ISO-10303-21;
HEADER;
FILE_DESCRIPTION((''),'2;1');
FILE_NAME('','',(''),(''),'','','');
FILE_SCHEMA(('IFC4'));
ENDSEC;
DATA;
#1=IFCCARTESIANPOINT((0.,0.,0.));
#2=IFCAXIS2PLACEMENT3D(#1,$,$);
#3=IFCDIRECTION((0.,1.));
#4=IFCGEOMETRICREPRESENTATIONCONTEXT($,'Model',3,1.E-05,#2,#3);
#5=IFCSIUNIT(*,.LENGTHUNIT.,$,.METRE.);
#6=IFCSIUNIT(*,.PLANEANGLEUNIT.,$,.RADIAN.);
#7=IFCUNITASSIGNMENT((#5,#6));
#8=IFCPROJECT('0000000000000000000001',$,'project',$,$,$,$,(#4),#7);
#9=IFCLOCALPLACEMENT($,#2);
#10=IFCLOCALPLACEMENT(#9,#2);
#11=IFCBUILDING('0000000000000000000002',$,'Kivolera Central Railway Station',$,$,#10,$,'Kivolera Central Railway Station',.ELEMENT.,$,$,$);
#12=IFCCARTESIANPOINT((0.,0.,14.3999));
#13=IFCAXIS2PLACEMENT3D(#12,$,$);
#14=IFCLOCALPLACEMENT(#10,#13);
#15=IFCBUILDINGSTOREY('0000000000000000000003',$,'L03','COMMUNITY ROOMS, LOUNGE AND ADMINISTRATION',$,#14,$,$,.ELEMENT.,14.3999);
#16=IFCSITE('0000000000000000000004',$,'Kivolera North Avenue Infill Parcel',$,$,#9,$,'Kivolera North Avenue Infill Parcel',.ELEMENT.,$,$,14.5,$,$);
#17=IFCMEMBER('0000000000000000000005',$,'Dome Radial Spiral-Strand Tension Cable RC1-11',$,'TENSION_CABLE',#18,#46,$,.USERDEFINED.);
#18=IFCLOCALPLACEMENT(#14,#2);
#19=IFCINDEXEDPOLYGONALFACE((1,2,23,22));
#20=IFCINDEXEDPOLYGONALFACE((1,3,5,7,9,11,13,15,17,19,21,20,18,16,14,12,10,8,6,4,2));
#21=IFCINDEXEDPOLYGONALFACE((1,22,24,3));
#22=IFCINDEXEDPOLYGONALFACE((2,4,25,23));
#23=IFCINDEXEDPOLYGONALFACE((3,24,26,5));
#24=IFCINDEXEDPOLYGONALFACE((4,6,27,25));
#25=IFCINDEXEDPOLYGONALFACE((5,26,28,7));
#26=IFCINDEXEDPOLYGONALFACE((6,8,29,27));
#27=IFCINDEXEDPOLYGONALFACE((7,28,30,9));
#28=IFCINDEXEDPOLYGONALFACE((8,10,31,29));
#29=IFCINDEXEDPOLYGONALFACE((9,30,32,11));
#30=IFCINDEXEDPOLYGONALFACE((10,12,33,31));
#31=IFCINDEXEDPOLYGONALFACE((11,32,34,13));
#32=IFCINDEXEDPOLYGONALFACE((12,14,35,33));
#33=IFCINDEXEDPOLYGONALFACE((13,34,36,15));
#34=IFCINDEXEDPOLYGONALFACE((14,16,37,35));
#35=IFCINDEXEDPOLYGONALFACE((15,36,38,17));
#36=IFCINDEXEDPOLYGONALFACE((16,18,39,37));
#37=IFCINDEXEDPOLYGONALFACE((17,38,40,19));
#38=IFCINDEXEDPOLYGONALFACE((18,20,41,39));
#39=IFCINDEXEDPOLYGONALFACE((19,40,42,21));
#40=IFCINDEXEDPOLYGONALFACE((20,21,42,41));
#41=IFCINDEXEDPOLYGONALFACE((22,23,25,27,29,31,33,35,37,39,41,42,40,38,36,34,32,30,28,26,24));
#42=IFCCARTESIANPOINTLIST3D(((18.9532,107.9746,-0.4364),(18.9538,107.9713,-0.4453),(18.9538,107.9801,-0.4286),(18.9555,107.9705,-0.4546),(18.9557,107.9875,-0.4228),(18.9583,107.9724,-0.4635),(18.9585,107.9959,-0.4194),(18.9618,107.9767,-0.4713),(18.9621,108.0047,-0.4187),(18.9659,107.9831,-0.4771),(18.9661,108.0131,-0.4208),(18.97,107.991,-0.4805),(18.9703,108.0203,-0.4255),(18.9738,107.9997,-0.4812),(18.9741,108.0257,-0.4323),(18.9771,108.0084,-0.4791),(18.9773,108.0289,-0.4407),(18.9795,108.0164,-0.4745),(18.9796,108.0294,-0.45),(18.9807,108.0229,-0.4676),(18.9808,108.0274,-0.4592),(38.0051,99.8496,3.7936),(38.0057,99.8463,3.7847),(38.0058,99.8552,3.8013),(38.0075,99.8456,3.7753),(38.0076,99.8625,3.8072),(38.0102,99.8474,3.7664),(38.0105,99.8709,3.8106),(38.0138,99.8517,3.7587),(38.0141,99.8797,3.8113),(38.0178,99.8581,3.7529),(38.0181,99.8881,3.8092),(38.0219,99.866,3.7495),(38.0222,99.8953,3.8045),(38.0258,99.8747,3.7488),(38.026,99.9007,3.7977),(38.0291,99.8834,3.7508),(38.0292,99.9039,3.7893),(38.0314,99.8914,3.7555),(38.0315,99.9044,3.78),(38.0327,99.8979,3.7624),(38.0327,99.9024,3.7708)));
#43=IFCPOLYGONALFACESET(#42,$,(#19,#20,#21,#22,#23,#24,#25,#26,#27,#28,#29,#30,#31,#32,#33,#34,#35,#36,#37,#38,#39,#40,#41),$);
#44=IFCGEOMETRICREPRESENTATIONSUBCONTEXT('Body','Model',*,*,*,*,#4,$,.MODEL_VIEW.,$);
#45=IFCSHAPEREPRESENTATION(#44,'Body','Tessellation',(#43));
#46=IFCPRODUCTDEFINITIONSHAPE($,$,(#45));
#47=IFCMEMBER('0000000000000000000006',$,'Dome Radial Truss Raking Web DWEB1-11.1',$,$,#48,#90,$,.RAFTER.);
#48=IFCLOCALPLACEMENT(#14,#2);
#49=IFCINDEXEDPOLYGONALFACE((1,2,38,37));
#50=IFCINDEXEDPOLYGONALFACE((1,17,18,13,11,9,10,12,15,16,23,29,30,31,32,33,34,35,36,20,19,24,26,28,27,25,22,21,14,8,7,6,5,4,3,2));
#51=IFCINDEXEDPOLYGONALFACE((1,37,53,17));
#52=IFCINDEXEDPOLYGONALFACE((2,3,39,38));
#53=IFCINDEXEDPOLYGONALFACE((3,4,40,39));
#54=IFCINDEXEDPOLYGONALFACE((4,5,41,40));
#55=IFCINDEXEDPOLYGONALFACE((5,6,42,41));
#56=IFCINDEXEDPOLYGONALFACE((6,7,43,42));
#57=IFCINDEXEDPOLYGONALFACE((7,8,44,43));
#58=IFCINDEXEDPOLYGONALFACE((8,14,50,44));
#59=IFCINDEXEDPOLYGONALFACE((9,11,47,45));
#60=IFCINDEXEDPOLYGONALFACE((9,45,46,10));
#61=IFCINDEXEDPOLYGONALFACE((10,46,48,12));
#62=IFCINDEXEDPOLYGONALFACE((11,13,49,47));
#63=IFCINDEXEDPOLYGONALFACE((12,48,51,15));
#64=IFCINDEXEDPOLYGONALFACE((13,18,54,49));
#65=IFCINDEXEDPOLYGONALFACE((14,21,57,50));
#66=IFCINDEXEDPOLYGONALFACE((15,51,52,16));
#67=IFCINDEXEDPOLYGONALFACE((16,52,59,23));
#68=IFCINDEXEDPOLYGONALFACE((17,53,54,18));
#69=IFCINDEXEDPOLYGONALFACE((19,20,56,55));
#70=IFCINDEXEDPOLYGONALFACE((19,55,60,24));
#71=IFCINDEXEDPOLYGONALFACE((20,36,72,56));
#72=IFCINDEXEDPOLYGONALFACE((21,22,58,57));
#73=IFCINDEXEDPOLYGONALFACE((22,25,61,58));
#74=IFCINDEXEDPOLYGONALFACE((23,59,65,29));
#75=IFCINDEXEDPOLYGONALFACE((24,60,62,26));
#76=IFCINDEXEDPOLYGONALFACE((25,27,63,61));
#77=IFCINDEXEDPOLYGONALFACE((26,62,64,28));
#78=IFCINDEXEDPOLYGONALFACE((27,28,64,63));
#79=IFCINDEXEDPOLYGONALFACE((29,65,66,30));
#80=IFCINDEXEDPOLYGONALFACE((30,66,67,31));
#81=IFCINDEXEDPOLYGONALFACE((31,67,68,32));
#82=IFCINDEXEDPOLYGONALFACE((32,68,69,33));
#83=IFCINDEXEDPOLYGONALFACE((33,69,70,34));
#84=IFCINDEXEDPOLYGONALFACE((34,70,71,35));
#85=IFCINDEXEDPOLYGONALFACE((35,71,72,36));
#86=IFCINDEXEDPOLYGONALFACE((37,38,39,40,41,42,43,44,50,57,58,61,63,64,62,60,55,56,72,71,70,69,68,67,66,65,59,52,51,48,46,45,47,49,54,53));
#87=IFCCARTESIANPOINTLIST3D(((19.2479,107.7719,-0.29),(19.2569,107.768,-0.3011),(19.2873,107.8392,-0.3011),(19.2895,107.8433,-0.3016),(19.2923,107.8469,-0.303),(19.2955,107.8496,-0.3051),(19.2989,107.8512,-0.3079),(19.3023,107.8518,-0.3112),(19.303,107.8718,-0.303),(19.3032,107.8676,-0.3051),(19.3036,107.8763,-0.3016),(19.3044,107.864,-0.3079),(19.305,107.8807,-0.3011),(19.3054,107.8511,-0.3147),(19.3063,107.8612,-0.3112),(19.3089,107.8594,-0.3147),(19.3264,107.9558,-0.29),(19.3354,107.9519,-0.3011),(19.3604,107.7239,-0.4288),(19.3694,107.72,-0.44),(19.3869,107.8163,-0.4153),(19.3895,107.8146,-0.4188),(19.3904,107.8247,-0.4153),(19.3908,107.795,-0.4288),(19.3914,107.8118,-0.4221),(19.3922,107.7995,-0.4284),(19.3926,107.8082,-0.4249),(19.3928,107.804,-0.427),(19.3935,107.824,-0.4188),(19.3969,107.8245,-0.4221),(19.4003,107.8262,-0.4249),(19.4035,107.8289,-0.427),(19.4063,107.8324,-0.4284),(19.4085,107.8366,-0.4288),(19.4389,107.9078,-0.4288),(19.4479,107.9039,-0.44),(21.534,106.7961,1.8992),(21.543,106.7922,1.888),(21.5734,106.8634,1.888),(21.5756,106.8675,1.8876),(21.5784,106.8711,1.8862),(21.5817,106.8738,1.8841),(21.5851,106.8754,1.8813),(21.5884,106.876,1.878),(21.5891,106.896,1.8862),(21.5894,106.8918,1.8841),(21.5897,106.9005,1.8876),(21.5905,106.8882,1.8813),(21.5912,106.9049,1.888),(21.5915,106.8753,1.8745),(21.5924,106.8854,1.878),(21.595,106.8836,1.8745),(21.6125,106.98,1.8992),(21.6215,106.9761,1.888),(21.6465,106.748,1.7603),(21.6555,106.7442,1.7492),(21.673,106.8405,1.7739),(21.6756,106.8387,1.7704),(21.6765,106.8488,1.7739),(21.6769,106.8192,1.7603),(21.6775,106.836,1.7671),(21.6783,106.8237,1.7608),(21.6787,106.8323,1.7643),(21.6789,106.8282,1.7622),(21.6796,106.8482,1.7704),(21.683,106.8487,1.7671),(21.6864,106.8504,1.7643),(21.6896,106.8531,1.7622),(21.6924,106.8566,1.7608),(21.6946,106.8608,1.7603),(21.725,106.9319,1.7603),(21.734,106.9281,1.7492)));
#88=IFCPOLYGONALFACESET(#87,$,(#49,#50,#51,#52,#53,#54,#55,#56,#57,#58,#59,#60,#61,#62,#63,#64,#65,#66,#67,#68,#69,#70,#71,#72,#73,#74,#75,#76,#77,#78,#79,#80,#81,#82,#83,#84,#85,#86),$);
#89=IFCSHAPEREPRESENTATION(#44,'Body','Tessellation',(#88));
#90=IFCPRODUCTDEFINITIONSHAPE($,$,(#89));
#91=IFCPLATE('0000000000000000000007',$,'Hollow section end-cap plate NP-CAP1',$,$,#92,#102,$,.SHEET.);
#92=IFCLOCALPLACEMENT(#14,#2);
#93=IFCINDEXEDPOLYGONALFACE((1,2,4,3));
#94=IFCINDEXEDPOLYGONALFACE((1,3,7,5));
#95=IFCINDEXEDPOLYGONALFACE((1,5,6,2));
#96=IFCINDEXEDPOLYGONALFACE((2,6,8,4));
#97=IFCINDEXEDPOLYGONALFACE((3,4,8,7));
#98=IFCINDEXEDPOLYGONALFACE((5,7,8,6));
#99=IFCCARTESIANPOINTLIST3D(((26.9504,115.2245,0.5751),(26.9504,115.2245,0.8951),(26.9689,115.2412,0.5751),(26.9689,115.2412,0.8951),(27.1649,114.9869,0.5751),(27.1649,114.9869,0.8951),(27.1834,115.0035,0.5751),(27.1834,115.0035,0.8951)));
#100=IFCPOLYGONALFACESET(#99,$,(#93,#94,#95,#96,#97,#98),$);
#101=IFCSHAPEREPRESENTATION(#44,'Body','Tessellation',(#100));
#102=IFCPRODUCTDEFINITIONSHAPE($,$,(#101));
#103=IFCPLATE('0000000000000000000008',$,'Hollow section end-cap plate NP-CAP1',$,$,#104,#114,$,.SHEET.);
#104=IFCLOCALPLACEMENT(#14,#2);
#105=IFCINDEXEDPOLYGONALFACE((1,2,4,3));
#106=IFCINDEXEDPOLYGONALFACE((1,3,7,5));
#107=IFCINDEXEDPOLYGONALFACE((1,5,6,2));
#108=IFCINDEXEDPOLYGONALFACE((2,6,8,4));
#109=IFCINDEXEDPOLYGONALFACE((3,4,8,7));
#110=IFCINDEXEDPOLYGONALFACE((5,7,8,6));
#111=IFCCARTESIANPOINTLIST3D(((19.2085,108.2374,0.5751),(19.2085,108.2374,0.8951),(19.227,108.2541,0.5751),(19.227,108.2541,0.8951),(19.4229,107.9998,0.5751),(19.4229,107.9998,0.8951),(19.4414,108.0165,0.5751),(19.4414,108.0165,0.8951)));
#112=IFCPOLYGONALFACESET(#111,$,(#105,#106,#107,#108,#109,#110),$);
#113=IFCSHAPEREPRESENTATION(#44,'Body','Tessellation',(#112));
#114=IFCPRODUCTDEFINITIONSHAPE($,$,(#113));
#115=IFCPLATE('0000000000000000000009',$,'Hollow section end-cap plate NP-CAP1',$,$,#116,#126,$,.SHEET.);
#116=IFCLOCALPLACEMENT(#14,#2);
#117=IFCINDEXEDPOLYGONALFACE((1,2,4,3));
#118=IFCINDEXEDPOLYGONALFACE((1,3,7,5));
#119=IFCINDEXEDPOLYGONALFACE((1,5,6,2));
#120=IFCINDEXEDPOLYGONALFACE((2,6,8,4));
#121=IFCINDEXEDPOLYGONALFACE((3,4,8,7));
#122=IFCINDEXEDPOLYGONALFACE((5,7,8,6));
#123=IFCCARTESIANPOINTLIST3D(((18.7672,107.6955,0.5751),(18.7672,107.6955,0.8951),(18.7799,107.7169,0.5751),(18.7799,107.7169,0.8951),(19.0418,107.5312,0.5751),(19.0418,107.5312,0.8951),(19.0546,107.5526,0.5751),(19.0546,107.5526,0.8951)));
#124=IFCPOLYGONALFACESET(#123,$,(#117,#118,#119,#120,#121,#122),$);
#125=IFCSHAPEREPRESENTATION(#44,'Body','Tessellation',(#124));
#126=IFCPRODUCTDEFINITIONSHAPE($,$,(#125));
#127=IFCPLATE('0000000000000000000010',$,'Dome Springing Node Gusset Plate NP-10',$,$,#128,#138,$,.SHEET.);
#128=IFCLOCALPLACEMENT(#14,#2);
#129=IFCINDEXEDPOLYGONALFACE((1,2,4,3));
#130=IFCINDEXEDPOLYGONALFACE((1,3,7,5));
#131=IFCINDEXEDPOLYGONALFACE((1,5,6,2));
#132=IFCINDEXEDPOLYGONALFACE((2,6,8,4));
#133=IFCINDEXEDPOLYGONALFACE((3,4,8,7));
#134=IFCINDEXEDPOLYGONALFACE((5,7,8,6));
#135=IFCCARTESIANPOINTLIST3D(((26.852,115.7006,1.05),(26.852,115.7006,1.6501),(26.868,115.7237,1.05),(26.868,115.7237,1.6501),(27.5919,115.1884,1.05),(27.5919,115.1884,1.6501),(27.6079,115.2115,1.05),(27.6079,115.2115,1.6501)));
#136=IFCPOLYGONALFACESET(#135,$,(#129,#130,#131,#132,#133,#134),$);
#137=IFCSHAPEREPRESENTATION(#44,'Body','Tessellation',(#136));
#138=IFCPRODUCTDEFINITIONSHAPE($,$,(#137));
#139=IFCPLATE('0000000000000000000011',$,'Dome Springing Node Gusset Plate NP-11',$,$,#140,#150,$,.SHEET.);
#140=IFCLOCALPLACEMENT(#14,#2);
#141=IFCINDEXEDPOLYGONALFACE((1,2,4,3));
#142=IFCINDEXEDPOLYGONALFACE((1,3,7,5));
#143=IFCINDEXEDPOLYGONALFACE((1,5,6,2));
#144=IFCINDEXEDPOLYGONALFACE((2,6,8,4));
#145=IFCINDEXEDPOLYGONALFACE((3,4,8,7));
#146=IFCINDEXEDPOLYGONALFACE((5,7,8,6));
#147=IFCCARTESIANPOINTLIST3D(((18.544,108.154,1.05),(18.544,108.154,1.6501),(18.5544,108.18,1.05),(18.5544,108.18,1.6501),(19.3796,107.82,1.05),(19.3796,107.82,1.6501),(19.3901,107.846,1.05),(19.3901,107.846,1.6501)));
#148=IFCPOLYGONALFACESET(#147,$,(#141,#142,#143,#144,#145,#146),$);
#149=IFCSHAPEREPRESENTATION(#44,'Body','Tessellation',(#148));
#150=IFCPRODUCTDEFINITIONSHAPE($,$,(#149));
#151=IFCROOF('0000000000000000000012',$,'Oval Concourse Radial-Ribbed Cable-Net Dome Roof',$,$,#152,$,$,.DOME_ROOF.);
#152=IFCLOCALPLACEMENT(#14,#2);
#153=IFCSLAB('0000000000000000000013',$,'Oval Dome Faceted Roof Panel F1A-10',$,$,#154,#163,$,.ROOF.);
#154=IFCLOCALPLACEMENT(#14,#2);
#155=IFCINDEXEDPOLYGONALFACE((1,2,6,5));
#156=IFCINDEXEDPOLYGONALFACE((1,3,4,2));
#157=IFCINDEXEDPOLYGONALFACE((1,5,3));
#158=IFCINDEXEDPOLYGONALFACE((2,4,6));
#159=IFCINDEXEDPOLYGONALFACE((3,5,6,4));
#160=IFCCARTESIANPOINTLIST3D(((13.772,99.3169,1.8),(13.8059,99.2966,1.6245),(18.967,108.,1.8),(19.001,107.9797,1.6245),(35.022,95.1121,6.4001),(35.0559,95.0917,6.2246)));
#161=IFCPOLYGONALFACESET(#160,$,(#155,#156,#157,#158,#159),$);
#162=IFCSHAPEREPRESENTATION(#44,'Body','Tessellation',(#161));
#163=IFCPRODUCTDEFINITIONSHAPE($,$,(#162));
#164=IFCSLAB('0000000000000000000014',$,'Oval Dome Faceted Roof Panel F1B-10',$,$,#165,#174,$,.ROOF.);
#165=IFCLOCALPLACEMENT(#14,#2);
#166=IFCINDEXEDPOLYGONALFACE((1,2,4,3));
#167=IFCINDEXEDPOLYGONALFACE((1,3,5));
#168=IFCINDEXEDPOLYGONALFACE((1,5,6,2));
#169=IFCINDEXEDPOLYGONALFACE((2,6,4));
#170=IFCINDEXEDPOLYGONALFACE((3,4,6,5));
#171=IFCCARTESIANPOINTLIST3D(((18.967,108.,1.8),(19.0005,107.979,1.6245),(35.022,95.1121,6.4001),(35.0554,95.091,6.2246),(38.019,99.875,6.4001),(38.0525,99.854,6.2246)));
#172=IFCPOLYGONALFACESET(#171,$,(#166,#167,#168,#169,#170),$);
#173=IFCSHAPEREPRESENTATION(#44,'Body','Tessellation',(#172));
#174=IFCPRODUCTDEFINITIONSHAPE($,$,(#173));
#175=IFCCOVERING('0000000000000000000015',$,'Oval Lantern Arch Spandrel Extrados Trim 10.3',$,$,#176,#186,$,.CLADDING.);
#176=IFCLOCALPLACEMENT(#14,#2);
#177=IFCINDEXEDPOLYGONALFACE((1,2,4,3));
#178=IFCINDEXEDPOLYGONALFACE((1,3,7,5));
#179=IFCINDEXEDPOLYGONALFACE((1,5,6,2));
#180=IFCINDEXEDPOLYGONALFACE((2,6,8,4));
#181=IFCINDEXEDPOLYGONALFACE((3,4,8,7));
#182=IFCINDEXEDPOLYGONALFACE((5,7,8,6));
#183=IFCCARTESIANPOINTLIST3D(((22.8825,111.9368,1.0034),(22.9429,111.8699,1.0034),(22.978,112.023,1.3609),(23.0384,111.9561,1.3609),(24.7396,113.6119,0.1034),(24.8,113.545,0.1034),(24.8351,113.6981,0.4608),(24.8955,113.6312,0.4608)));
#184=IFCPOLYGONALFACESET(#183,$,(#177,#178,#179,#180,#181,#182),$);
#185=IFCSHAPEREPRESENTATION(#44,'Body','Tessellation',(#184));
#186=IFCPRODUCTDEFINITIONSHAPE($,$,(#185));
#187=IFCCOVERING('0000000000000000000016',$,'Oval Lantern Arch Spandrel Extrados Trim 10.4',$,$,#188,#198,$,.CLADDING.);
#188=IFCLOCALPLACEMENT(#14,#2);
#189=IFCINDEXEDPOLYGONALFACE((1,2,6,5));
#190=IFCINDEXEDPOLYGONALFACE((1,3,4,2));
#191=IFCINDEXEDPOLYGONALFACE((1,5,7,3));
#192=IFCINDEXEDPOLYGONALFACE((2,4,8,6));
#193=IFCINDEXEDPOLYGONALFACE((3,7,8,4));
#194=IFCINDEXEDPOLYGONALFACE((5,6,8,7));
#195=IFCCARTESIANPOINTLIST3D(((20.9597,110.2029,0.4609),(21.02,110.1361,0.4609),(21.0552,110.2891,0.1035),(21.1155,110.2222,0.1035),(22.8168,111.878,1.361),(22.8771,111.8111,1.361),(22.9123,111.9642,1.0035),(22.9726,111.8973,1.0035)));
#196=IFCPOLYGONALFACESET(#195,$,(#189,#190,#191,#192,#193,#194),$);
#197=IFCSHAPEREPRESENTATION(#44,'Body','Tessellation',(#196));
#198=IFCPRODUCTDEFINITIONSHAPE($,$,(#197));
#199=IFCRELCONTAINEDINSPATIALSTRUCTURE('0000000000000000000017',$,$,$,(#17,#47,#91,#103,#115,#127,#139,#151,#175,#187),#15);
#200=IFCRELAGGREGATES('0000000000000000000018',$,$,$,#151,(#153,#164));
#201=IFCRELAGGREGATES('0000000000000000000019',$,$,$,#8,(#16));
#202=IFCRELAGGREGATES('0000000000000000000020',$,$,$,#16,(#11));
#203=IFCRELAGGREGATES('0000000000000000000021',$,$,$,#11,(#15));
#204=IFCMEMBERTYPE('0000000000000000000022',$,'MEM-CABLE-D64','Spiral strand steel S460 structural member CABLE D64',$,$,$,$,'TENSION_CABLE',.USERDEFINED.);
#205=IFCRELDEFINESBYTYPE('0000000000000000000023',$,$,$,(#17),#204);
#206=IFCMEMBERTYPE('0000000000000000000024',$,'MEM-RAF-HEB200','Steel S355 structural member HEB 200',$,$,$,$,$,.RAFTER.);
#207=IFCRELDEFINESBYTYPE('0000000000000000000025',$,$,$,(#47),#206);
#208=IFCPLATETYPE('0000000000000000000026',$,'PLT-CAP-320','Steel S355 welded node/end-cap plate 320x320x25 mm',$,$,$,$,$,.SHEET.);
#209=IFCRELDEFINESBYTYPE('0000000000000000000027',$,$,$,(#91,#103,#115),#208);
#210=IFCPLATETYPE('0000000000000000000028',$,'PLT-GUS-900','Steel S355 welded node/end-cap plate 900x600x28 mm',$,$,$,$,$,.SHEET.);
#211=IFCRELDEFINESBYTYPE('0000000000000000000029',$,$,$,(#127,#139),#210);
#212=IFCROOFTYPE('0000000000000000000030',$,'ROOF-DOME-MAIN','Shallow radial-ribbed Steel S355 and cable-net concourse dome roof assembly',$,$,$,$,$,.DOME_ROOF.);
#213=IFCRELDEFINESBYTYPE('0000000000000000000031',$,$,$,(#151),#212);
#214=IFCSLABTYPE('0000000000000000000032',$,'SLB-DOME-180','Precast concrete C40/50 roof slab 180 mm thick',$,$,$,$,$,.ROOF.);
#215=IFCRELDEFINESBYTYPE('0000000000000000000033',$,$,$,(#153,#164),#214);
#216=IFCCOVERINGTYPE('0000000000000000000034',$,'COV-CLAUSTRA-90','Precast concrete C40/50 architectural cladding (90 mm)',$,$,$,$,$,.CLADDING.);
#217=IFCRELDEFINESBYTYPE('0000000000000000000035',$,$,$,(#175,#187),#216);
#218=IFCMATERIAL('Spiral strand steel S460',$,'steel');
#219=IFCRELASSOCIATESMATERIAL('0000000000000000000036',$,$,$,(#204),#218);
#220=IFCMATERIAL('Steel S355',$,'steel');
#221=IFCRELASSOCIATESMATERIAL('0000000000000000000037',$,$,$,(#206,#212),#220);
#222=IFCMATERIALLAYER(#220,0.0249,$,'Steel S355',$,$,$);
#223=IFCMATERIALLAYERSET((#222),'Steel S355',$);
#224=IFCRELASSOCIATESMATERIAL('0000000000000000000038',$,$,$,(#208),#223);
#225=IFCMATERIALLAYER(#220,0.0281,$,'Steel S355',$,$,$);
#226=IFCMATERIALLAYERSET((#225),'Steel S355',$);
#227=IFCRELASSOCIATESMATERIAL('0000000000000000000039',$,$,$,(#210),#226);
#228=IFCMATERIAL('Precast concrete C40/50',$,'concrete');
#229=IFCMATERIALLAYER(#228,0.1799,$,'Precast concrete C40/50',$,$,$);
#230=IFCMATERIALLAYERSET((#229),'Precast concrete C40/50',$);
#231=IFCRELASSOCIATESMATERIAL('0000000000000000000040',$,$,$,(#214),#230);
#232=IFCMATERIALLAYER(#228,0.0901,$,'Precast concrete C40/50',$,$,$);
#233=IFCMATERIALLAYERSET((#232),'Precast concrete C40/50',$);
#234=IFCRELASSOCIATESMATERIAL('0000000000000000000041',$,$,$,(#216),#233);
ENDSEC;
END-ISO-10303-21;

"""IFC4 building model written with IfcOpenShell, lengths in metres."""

from ifc_helpers import new_model, si_unit, direction, frame, origin, origin_2d, place, context, subcontext, project, spatial, polyline, rectangle, circle, i_section, outline, extrude, material, layer, layer_set, material_profile, profile_set, type_object, element, aggregate, save


model = new_model("IFC4")

# Units and contexts
model_context = context("Model", 3, precision=1e-05, world=origin(), true_north=direction((0.0, 1.0)))
body_context = subcontext(model_context, "Body", "Model", "MODEL_VIEW")
ifc_project = project(units=[si_unit("LENGTHUNIT", "METRE"), si_unit("PLANEANGLEUNIT", "RADIAN")], contexts=[model_context])

# Site, building, storey
site_placement = place(None, origin())
site = spatial("IfcSite", under=ifc_project, at=site_placement, Name="Kivolera North Avenue Infill Parcel", LongName="Kivolera North Avenue Infill Parcel", CompositionType="ELEMENT", RefElevation=14.5)
building_placement = place(site_placement, origin())
building = spatial("IfcBuilding", under=site, at=building_placement, Name="Kivolera Central Railway Station", LongName="Kivolera Central Railway Station", CompositionType="ELEMENT")
storey_placement = place(building_placement, frame((0.0, 0.0, 14.3999)))
storey = spatial("IfcBuildingStorey", under=building, at=storey_placement, Name="L03", Description="COMMUNITY ROOMS, LOUNGE AND ADMINISTRATION", CompositionType="ELEMENT", Elevation=14.3999)

# Shared definitions
ifc_material_1 = material(Name="Steel S355", Category="steel")

# Members
ifc_material_2 = material(Name="Spiral strand steel S460", Category="steel")
ifc_material_profile_1 = material_profile(ifc_material_2, circle(Radius=0.032, at=origin_2d()), Name="CABLE D64")
ifc_profile_set_1 = profile_set([ifc_material_profile_1], Name="Spiral strand steel S460")
member_type_1 = type_object("IfcMemberType", Name="MEM-CABLE-D64", Description="Spiral strand steel S460 structural member CABLE D64", ElementType="TENSION_CABLE", PredefinedType="USERDEFINED", material=ifc_profile_set_1)
member_1_placement = place(storey_placement, frame((18.967, 108.0, -0.45), z_axis=(0.901243, -0.384348, 0.200096), x_axis=(0.392281, 0.919845, 0.0)))
element("IfcMember", 1, at=member_1_placement, inside=storey, type_object=member_type_1, Name="Dome Radial Spiral-Strand Tension Cable RC1-11", ObjectType="TENSION_CABLE", PredefinedType="USERDEFINED", context=body_context, shape_type="SweptSolid", body=[
    extrude(circle(Radius=0.032, at=origin_2d()), origin(), (0.0, 0.0, 1.0), 21.1396),
])
ifc_material_profile_2 = material_profile(ifc_material_1, i_section(OverallWidth=0.2, OverallDepth=0.2, WebThickness=0.009, FlangeThickness=0.0149, FilletRadius=0.0181, at=origin_2d()), Name="HEB 200")
ifc_profile_set_2 = profile_set([ifc_material_profile_2], Name="Steel S355")
member_type_2 = type_object("IfcMemberType", Name="MEM-RAF-HEB200", Description="Steel S355 structural member HEB 200", PredefinedType="RAFTER", material=ifc_profile_set_2)
member_2_placement = place(storey_placement, frame((19.3479, 107.8379, -0.365), z_axis=(0.690196, -0.294609, 0.660935), x_axis=(0.392579, 0.919718, 0.0)))
element("IfcMember", 2, at=member_2_placement, inside=storey, type_object=member_type_2, Name="Dome Radial Truss Raking Web DWEB1-11.1", PredefinedType="RAFTER", context=body_context, shape_type="SweptSolid", body=[
    extrude(i_section(OverallWidth=0.2, OverallDepth=0.2, WebThickness=0.009, FlangeThickness=0.0149, FilletRadius=0.0181, at=origin_2d()), origin(), (0.0, 0.0, 1.0), 3.3123),
])

# Plates
ifc_layer_1 = layer(ifc_material_1, 0.0249, Name="Steel S355")
ifc_layer_set_1 = layer_set([ifc_layer_1], Name="Steel S355")
plate_type_1 = type_object("IfcPlateType", Name="PLT-CAP-320", Description="Steel S355 welded node/end-cap plate 320x320x25 mm", PredefinedType="SHEET", material=ifc_layer_set_1)
for number, where, z_axis, x_axis, name in (
    (3, (27.0669, 115.114, 0.7351), (-0.742406, -0.66995, 0.0), (0.66995, -0.742406, 0.0), "Hollow section end-cap plate NP-CAP1"),
    (4, (19.325, 108.127, 0.7351), (-0.742406, -0.66995, 0.0), (0.66995, -0.742406, 0.0), "Hollow section end-cap plate NP-CAP1"),
    (5, (18.9109, 107.624, 0.7351), (-0.51337, -0.858167, 0.0), (0.858167, -0.51337, 0.0), "Hollow section end-cap plate NP-CAP1"),
):
    element("IfcPlate", number, at=place(storey_placement, frame(where, z_axis=z_axis, x_axis=x_axis)), inside=storey, type_object=plate_type_1, Name=name, PredefinedType="SHEET", context=body_context, shape_type="SweptSolid", body=[
        extrude(rectangle(XDim=0.3201, YDim=0.3201, at=origin_2d()), frame((0.0, 0.0, -0.0125)), (0.0, 0.0, 1.0), 0.0249),
    ])
ifc_layer_2 = layer(ifc_material_1, 0.0281, Name="Steel S355")
ifc_layer_set_2 = layer_set([ifc_layer_2], Name="Steel S355")
plate_type_2 = type_object("IfcPlateType", Name="PLT-GUS-900", Description="Steel S355 welded node/end-cap plate 900x600x28 mm", PredefinedType="SHEET", material=ifc_layer_set_2)
for number, where, z_axis, x_axis, name in (
    (6, (27.23, 115.4561, 1.05), (0.0, 0.0, 1.0), (-0.822194, 0.569208, 0.0), "Dome Springing Node Gusset Plate NP-10"),
    (7, (18.967, 108.0, 1.05), (0.0, 0.0, 1.0), (-0.92857, 0.371157, 0.0), "Dome Springing Node Gusset Plate NP-11"),
):
    element("IfcPlate", number, at=place(storey_placement, frame(where, z_axis=z_axis, x_axis=x_axis)), inside=storey, type_object=plate_type_2, Name=name, PredefinedType="SHEET", context=body_context, shape_type="SweptSolid", body=[
        extrude(rectangle(XDim=0.8999, YDim=0.0281, at=origin_2d()), origin(), (0.0, 0.0, 1.0), 0.6001),
    ])

# Roof, slabs
roof_type = type_object("IfcRoofType", Name="ROOF-DOME-MAIN", Description="Shallow radial-ribbed Steel S355 and cable-net concourse dome roof assembly", PredefinedType="DOME_ROOF", material=ifc_material_1)
roof_placement = place(storey_placement, origin())
roof = element("IfcRoof", 8, at=roof_placement, inside=storey, type_object=roof_type, Name="Oval Concourse Radial-Ribbed Cable-Net Dome Roof", PredefinedType="DOME_ROOF")
ifc_material_3 = material(Name="Precast concrete C40/50", Category="concrete")
ifc_layer_3 = layer(ifc_material_3, 0.1799, Name="Precast concrete C40/50")
ifc_layer_set_3 = layer_set([ifc_layer_3], Name="Precast concrete C40/50")
slab_type = type_object("IfcSlabType", Name="SLB-DOME-180", Description="Precast concrete C40/50 roof slab 180 mm thick", PredefinedType="ROOF", material=ifc_layer_set_3)
slab_1_placement = place(storey_placement, frame((18.967, 108.0, 1.8), z_axis=(-0.188816, 0.112968, 0.975493), x_axis=(-0.51342, -0.858137, 0.0)))
slab_1 = element("IfcSlab", 9, at=slab_1_placement, type_object=slab_type, Name="Oval Dome Faceted Roof Panel F1A-10", PredefinedType="ROOF", context=body_context, shape_type="SweptSolid", body=[
    extrude(outline(polyline([(0.0, 0.0), (10.1186, 0.0), (2.8167, 20.9066), (0.0, 0.0)])), origin(), (0.0, 0.0, -1.0), 0.1799),
])
slab_2_placement = place(storey_placement, frame((18.967, 108.0, 1.8), z_axis=(-0.185725, 0.116867, 0.975627), x_axis=(0.761059, -0.610933, 0.21806)))
slab_2 = element("IfcSlab", 10, at=slab_2_placement, type_object=slab_type, Name="Oval Dome Faceted Roof Panel F1B-10", PredefinedType="ROOF", context=body_context, shape_type="SweptSolid", body=[
    extrude(outline(polyline([(0.0, 0.0), (21.0955, 0.0), (20.4666, 5.5922), (0.0, 0.0)])), origin(), (0.0, 0.0, -1.0), 0.1799),
])
aggregate(roof, [slab_1, slab_2])

# Coverings
ifc_layer_4 = layer(ifc_material_3, 0.0901, Name="Precast concrete C40/50")
ifc_layer_set_4 = layer_set([ifc_layer_4], Name="Precast concrete C40/50")
covering_type_1 = type_object("IfcCoveringType", Name="COV-CLAUSTRA-90", Description="Precast concrete C40/50 architectural cladding (90 mm)", PredefinedType="CLADDING", material=ifc_layer_set_4)
for number, where, z_axis, x_axis, name in (
    (11, (23.8889, 112.7839, 0.7322), (-0.69869, -0.630213, 0.338622), (-0.669922, 0.742431, 0.0), "Oval Lantern Arch Spandrel Extrados Trim 10.3"),
    (12, (21.9661, 111.05, 0.7322), (-0.69869, -0.630213, -0.338622), (-0.669922, 0.742431, 0.0), "Oval Lantern Arch Spandrel Extrados Trim 10.4"),
):
    element("IfcCovering", number, at=place(storey_placement, frame(where, z_axis=z_axis, x_axis=x_axis)), inside=storey, type_object=covering_type_1, Name=name, PredefinedType="CLADDING", context=body_context, shape_type="SweptSolid", body=[
        extrude(rectangle(XDim=0.0901, YDim=0.3799, at=origin_2d()), frame((0.0, 0.0, -1.3291)), (0.0, 0.0, 1.0), 2.658),
    ])

save(model, "model.ifc")
